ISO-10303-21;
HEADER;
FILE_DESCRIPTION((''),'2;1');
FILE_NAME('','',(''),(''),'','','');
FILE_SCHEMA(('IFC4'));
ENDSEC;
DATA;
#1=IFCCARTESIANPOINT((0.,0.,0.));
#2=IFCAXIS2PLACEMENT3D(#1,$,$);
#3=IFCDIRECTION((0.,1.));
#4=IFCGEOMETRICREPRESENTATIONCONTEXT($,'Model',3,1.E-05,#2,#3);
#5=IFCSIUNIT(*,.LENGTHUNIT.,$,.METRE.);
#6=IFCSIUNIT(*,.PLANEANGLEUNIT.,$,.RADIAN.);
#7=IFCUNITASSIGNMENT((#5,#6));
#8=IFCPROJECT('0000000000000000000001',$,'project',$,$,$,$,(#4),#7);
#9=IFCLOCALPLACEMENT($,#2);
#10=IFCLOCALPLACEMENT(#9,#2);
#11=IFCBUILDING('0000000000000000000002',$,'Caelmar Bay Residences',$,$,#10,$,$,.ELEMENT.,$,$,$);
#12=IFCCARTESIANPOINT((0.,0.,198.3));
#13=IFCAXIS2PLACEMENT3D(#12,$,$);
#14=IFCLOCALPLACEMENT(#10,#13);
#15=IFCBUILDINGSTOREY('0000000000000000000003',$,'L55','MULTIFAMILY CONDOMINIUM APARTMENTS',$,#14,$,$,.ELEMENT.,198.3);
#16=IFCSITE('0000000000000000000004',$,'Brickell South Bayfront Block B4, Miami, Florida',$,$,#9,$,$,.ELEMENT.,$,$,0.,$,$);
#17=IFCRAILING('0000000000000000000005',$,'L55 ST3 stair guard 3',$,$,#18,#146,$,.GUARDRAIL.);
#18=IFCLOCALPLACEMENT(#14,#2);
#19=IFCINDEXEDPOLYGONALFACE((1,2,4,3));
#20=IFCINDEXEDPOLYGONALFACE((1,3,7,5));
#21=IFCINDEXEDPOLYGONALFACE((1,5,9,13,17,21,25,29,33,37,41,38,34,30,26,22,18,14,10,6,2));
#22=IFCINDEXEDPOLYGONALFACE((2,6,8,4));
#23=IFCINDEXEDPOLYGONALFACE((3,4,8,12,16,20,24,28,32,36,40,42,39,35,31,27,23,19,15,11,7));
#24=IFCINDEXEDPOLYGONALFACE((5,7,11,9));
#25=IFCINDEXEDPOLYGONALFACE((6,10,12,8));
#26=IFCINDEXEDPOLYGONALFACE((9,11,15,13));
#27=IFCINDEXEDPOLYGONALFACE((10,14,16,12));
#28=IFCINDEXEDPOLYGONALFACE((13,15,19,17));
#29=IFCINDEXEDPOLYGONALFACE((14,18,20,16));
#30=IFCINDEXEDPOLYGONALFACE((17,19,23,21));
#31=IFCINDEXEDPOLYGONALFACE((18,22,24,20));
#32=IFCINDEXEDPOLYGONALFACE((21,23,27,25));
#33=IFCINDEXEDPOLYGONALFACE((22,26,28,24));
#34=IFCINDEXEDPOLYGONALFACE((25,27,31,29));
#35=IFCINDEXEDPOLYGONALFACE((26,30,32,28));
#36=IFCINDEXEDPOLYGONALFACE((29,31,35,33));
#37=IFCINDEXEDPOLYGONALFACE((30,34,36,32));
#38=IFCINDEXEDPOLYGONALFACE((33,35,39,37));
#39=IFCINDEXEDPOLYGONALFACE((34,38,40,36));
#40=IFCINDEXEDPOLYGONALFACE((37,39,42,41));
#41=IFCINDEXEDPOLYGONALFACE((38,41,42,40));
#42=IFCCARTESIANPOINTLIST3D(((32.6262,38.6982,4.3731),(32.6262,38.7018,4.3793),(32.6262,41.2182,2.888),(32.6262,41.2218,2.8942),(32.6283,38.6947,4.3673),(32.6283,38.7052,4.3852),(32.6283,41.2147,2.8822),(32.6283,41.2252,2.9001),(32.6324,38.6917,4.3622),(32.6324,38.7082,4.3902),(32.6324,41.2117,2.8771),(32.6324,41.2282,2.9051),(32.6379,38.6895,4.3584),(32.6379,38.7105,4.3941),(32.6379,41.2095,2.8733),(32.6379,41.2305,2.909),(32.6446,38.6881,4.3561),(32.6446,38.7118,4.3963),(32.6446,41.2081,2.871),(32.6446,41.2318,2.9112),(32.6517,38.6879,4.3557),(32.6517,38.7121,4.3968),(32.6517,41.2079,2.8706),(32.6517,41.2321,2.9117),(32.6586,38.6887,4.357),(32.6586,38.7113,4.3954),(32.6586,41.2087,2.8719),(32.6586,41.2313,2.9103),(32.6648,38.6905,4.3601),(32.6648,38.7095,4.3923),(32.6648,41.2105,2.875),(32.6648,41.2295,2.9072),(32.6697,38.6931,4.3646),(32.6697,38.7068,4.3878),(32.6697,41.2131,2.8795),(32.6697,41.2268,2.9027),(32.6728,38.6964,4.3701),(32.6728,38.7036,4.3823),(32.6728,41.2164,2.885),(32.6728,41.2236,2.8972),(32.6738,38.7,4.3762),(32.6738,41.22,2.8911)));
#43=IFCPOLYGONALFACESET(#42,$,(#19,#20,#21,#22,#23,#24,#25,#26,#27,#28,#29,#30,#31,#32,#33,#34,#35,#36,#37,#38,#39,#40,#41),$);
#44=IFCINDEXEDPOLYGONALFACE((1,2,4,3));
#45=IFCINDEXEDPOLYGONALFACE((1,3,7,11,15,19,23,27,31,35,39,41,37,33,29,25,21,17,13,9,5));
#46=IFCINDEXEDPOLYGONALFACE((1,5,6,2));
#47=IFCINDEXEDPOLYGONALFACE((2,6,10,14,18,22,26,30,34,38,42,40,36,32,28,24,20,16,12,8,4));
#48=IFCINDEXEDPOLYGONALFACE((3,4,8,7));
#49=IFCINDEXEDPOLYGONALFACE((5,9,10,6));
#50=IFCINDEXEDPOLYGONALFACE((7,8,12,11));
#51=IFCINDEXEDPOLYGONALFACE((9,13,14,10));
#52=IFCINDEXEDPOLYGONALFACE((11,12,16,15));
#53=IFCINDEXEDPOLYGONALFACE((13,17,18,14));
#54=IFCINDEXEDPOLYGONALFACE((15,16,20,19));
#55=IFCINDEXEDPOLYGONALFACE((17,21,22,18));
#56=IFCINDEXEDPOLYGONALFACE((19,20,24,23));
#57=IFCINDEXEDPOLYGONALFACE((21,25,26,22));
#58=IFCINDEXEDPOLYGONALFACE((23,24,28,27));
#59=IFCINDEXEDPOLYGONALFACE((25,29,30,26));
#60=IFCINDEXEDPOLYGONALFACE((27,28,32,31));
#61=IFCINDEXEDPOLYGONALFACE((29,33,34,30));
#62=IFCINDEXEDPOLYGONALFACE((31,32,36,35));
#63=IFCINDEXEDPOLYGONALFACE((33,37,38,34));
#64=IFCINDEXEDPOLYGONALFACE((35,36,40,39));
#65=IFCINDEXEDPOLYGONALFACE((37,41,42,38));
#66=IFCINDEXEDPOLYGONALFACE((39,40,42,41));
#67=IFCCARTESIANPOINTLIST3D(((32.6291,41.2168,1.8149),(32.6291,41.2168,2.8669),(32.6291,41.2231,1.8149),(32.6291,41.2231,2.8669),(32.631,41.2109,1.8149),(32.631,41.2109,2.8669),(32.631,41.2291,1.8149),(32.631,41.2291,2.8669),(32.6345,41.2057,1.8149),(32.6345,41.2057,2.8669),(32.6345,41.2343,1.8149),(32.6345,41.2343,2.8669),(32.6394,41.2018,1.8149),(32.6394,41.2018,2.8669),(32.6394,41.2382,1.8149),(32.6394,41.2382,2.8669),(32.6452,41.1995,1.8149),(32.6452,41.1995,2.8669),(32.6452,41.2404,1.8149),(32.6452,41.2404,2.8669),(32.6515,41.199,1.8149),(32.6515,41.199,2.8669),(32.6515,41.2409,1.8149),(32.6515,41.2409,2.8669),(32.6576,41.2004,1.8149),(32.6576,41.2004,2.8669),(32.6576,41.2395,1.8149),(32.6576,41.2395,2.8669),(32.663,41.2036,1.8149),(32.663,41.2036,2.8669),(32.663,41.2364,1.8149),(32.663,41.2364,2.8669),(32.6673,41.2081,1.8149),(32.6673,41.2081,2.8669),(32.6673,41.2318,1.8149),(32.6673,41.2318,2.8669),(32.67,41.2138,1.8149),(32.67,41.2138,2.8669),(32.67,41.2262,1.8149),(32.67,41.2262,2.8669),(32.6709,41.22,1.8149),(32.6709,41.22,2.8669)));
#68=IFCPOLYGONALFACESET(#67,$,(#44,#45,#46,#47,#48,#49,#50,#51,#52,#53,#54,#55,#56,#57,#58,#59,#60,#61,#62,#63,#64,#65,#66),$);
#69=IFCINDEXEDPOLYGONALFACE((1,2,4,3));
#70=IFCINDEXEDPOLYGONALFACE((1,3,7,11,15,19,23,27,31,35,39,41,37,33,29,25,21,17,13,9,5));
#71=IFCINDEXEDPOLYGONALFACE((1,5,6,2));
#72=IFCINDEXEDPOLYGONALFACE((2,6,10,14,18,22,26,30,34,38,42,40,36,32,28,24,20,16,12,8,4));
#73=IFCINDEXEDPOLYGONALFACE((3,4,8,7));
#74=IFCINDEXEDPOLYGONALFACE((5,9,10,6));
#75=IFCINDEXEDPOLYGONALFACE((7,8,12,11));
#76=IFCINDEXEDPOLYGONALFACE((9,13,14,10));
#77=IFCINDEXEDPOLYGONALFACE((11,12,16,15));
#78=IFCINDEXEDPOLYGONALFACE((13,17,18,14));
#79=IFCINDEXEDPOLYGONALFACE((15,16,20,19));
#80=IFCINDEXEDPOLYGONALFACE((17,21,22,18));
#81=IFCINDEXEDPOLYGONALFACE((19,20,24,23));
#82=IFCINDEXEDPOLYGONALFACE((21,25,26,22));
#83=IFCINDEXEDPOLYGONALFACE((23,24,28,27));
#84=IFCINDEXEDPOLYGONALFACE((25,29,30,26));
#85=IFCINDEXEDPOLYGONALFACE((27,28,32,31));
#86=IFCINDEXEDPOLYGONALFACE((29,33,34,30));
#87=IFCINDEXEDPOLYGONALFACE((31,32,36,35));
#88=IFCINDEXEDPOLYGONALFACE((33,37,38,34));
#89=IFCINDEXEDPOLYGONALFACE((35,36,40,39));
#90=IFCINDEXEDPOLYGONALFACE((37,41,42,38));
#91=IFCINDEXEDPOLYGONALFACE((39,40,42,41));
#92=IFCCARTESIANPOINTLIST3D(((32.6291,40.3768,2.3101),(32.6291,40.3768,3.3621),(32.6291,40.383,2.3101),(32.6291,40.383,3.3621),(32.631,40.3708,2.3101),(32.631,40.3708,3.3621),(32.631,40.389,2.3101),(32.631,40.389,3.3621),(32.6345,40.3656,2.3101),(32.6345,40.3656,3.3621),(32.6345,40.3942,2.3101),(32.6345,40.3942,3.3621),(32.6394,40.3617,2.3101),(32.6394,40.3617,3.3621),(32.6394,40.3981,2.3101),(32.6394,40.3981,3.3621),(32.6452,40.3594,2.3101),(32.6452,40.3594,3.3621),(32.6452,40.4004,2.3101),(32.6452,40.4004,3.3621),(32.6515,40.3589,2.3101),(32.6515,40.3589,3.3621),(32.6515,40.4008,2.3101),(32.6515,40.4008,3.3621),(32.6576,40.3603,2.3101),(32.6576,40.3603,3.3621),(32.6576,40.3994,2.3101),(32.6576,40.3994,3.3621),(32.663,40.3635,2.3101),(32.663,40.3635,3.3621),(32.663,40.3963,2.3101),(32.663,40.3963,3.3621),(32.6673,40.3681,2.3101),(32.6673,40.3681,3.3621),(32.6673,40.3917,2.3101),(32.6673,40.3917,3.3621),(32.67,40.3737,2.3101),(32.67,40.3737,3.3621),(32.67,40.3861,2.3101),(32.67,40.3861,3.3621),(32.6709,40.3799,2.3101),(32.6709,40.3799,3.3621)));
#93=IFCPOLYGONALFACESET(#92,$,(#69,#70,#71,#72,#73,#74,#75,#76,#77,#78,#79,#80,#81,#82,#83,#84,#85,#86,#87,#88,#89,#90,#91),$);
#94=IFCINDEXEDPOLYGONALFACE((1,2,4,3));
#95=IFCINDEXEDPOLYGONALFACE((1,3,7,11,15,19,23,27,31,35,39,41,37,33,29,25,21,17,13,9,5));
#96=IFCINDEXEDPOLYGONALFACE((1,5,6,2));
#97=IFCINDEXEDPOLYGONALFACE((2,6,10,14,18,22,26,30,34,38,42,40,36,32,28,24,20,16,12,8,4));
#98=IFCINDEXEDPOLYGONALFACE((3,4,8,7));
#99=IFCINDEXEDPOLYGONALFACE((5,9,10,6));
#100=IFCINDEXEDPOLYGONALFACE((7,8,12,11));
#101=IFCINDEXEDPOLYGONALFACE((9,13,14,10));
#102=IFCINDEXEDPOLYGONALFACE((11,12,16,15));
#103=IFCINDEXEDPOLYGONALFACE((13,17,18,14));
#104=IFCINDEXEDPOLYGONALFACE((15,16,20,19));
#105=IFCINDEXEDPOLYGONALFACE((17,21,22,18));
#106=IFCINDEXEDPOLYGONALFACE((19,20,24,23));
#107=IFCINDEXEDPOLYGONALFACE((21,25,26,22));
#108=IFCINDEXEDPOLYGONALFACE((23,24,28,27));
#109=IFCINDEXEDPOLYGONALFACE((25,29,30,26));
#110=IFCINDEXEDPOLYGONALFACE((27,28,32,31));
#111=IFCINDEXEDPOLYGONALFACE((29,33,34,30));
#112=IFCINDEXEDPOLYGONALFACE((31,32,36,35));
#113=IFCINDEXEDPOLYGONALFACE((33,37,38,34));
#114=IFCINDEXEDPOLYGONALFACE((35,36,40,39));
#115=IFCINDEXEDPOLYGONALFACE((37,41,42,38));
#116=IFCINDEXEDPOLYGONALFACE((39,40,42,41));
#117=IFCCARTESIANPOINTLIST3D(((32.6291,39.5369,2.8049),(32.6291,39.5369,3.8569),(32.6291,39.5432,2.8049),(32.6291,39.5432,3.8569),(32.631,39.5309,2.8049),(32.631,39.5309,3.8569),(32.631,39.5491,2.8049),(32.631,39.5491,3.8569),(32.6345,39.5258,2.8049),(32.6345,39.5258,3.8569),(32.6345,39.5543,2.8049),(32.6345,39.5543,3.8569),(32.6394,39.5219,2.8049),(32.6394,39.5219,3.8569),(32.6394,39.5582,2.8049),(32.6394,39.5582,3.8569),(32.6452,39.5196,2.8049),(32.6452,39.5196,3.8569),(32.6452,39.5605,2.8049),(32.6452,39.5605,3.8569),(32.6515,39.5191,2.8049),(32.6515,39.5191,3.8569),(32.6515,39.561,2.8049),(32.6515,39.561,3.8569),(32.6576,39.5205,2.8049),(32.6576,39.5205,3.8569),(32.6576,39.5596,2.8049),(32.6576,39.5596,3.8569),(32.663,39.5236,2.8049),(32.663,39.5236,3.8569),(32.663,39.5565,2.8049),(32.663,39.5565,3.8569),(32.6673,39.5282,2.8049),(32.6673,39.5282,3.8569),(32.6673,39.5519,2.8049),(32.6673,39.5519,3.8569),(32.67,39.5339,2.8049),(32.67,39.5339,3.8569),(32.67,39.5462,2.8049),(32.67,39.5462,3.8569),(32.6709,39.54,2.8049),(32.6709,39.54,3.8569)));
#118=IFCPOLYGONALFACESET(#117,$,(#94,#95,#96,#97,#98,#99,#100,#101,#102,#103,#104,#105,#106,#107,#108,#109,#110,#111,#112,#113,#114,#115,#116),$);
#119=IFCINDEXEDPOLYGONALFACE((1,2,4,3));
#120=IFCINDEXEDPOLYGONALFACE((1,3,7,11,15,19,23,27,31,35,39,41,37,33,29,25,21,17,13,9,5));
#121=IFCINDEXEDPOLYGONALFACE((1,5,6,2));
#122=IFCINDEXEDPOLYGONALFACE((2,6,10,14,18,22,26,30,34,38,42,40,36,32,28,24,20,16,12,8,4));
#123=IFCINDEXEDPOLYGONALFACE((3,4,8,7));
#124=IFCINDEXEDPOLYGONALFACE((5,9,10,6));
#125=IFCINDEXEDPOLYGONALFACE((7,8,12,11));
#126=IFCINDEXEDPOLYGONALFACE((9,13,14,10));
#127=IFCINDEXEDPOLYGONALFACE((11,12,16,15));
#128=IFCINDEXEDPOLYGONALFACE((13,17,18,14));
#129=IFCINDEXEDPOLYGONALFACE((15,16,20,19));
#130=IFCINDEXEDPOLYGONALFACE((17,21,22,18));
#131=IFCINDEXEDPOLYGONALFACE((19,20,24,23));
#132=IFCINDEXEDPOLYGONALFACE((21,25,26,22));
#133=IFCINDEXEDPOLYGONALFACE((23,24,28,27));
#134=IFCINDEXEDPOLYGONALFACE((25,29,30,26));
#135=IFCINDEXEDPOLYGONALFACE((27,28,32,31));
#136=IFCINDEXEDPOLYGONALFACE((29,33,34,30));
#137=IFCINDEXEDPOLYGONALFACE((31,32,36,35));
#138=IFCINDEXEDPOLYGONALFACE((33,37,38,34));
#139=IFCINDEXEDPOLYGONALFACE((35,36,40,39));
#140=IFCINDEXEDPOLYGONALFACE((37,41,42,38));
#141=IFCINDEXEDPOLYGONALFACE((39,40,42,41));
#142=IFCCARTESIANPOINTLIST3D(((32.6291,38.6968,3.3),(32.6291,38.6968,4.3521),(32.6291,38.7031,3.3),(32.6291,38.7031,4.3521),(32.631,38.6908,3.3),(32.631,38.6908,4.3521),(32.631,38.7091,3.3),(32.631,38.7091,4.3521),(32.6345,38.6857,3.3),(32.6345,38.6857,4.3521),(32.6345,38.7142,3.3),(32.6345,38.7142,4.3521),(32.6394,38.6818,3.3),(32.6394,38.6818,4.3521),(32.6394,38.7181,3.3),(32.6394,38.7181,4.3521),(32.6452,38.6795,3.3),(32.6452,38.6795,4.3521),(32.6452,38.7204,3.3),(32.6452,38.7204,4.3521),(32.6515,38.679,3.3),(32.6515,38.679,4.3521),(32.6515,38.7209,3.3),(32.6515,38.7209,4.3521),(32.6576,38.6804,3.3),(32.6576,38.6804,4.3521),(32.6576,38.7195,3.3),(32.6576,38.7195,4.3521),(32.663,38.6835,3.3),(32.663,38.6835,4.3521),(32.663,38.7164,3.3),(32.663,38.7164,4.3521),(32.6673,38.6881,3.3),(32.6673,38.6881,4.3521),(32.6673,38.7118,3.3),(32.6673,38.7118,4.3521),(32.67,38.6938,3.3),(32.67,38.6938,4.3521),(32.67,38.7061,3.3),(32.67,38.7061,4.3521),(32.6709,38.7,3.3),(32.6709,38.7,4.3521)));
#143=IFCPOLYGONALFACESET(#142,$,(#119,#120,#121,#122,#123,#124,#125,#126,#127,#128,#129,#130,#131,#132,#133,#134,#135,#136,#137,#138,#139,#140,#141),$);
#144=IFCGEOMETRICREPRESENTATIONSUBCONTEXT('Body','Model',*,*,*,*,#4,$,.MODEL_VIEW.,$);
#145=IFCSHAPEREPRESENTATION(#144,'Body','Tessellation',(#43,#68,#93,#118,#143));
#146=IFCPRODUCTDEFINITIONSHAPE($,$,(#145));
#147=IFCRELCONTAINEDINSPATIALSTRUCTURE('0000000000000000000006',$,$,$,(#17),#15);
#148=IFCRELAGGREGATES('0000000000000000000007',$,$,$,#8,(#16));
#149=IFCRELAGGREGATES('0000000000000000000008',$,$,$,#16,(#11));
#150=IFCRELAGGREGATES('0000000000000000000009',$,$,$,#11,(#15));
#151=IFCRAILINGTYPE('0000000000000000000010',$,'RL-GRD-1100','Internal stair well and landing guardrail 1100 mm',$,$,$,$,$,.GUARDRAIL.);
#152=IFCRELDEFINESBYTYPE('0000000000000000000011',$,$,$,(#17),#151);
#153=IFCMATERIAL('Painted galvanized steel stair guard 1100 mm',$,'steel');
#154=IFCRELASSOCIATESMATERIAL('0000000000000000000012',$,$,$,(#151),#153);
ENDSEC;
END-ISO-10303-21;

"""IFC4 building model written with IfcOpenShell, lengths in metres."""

from ifc_helpers import new_model, si_unit, direction, frame, origin, origin_2d, place, context, subcontext, project, spatial, circle, extrude, material, type_object, element, save


model = new_model("IFC4")

# Units and contexts
model_context = context("Model", 3, precision=1e-05, world=origin(), true_north=direction((0.0, 1.0)))
body_context = subcontext(model_context, "Body", "Model", "MODEL_VIEW")
ifc_project = project(units=[si_unit("LENGTHUNIT", "METRE"), si_unit("PLANEANGLEUNIT", "RADIAN")], contexts=[model_context])

# Site, building, storey
site_placement = place(None, origin())
site = spatial("IfcSite", under=ifc_project, at=site_placement, Name="Brickell South Bayfront Block B4, Miami, Florida", CompositionType="ELEMENT", RefElevation=0.0)
building_placement = place(site_placement, origin())
building = spatial("IfcBuilding", under=site, at=building_placement, Name="Caelmar Bay Residences", CompositionType="ELEMENT")
storey_placement = place(building_placement, frame((0.0, 0.0, 198.3)))
storey = spatial("IfcBuildingStorey", under=building, at=storey_placement, Name="L55", Description="MULTIFAMILY CONDOMINIUM APARTMENTS", CompositionType="ELEMENT", Elevation=198.3)

# Railing
ifc_material_1 = material(Name="Painted galvanized steel stair guard 1100 mm", Category="steel")
railing_type_1 = type_object("IfcRailingType", Name="RL-GRD-1100", Description="Internal stair well and landing guardrail 1100 mm", PredefinedType="GUARDRAIL", material=ifc_material_1)
railing_1_placement = place(storey_placement, frame((32.6499, 41.22, 1.8149)))
element("IfcRailing", 1, at=railing_1_placement, inside=storey, type_object=railing_type_1, Name="L55 ST3 stair guard 3", PredefinedType="GUARDRAIL", context=body_context, shape_type="SweptSolid", body=[
    extrude(circle(Radius=0.0239, at=origin_2d()), frame((0.0, 0.0, 1.0762), z_axis=(0.0, -0.861524, 0.507717), x_axis=(1.0, 0.0, 0.0)), (0.0, 0.0, 1.0), 2.925),
    extrude(circle(Radius=0.021, at=origin_2d()), origin(), (0.0, 0.0, 1.0), 1.052),
    extrude(circle(Radius=0.021, at=origin_2d()), frame((0.0, -0.8401, 0.4951)), (0.0, 0.0, 1.0), 1.052),
    extrude(circle(Radius=0.021, at=origin_2d()), frame((0.0, -1.6799, 0.99)), (0.0, 0.0, 1.0), 1.052),
    extrude(circle(Radius=0.021, at=origin_2d()), frame((0.0, -2.52, 1.4851)), (0.0, 0.0, 1.0), 1.052),
])

save(model, "model.ifc")
